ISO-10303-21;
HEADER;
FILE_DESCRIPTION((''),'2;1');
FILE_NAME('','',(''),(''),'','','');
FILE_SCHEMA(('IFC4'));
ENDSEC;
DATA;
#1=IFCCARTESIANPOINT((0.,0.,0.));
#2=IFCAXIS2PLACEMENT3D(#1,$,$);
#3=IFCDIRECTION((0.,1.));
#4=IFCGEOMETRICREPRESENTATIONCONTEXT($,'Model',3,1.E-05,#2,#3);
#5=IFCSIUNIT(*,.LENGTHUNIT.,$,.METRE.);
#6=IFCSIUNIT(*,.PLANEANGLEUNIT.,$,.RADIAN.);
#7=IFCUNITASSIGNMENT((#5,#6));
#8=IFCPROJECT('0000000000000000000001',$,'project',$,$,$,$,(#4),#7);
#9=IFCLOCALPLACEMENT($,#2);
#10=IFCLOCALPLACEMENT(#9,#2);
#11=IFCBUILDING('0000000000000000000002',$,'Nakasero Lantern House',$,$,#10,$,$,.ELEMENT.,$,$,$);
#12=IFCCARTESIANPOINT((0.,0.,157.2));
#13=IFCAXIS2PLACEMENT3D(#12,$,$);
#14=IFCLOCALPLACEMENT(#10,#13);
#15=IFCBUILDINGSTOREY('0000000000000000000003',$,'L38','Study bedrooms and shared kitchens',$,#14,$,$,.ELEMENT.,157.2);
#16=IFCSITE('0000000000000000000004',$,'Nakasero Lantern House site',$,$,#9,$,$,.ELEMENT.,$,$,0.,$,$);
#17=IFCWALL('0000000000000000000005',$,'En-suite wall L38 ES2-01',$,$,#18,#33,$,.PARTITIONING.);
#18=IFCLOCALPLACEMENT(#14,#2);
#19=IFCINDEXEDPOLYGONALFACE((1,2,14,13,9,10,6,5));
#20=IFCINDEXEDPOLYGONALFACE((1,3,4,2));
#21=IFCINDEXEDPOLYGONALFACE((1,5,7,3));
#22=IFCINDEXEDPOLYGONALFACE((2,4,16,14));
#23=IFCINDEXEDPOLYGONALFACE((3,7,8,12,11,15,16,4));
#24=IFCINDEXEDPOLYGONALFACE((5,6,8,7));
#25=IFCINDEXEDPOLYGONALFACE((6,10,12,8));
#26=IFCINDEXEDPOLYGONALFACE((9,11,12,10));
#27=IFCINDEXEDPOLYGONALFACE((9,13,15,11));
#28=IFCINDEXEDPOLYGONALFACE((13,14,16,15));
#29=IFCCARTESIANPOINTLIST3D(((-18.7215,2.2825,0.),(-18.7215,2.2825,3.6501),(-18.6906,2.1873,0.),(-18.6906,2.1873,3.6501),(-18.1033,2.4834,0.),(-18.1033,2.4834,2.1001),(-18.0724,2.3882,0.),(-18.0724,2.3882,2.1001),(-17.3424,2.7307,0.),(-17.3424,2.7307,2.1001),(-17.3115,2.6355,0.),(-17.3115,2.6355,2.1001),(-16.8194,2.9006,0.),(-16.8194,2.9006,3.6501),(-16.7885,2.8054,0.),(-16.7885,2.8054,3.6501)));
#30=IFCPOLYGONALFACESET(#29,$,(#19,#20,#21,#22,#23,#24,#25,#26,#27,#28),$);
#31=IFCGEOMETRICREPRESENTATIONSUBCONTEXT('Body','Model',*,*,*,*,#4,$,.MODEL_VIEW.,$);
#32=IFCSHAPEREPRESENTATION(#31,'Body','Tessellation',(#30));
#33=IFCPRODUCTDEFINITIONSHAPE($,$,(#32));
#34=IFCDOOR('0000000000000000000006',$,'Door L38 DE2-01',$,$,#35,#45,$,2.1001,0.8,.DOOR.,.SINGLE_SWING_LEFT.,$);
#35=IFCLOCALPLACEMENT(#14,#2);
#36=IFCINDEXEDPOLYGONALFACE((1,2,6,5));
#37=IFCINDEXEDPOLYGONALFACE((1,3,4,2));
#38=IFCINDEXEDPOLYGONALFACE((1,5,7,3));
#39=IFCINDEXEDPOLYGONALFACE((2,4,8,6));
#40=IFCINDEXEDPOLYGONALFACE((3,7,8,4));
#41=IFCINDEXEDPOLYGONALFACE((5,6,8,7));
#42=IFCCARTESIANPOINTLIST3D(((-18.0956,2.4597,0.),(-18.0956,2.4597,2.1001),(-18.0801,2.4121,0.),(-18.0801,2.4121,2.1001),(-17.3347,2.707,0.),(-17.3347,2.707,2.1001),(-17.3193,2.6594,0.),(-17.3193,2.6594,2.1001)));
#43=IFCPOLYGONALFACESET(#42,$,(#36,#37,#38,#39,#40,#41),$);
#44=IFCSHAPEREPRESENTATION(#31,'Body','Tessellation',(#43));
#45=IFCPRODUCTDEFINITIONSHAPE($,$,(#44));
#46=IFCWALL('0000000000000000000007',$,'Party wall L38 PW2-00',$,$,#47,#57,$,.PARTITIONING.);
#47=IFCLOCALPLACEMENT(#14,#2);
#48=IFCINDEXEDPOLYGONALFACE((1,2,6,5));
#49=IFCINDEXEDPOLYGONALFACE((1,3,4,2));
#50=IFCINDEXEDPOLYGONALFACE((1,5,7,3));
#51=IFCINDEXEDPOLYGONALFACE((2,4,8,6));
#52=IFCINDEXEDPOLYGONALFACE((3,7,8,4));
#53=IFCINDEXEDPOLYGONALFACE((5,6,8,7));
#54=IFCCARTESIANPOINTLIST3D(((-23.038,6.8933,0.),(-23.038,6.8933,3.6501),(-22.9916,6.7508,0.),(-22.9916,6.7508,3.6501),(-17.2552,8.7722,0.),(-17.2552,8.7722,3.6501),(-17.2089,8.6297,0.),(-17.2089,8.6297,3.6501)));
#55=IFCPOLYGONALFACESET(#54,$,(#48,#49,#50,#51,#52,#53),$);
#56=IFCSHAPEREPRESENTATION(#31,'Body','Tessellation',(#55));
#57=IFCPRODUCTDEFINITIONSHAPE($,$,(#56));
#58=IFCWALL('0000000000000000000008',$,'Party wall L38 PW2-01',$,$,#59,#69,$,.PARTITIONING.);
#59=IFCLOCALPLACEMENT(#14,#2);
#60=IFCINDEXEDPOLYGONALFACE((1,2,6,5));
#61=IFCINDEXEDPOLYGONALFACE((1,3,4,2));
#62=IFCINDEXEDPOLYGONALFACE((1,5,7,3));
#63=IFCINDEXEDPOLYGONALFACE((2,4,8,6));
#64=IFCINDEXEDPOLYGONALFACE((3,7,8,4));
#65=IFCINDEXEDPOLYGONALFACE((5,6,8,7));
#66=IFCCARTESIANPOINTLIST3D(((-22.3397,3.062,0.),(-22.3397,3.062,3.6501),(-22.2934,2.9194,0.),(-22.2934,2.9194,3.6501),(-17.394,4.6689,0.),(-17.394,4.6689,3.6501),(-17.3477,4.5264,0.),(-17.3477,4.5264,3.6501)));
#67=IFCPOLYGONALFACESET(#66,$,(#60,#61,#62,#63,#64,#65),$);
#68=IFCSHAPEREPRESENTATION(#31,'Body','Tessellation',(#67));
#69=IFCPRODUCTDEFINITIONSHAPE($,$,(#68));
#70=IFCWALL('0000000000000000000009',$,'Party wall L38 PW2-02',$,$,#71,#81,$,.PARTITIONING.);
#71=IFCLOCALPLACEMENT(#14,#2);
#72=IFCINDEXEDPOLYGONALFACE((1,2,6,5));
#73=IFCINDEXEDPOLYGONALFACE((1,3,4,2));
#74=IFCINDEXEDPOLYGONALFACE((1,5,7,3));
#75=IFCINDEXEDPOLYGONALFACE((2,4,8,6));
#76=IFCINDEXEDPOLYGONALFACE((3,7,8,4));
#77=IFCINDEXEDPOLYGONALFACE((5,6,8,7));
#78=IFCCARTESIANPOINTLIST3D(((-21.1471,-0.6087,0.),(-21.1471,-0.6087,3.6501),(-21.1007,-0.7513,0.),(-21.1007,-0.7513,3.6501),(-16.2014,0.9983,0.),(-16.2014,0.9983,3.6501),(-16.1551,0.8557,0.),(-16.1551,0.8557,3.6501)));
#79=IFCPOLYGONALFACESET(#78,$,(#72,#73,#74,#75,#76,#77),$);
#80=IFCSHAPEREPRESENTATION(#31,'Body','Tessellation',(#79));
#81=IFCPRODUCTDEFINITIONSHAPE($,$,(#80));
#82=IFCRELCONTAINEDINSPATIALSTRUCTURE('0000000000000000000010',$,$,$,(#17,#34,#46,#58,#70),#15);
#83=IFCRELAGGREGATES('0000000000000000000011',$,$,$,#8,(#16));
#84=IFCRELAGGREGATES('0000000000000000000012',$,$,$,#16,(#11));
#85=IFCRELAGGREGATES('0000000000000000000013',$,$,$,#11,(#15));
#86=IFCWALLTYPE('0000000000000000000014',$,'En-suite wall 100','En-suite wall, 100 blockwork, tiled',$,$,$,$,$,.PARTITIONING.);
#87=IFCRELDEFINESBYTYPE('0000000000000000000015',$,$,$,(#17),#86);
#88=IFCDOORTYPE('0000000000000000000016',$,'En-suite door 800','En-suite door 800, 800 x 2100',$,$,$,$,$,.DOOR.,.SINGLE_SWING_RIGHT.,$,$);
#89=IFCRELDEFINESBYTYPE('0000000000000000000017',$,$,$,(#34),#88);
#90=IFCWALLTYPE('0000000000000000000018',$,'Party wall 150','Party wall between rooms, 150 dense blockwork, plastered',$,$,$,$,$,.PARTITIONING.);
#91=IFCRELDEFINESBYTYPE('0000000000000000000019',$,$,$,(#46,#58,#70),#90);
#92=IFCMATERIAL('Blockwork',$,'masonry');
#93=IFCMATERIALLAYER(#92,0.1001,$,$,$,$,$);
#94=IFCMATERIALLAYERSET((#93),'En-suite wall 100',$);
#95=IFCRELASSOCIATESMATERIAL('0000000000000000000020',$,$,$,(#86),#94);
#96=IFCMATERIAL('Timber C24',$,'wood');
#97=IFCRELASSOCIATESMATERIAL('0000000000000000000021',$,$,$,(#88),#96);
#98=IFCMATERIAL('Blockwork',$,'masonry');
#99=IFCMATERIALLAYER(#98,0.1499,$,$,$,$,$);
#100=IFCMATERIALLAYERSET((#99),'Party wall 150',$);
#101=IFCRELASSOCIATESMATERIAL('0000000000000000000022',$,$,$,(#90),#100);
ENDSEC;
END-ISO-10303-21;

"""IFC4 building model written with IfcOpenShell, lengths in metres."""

from ifc_helpers import new_model, si_unit, direction, frame, frame_2d, origin, place, context, subcontext, project, spatial, rectangle, extrude, material, layer, layer_set, type_object, element, fill, save


model = new_model("IFC4")

# Units and contexts
model_context = context("Model", 3, precision=1e-05, world=origin(), true_north=direction((0.0, 1.0)))
body_context = subcontext(model_context, "Body", "Model", "MODEL_VIEW")
ifc_project = project(units=[si_unit("LENGTHUNIT", "METRE"), si_unit("PLANEANGLEUNIT", "RADIAN")], contexts=[model_context])

# Site, building, storey
site_placement = place(None, origin())
site = spatial("IfcSite", under=ifc_project, at=site_placement, Name="Nakasero Lantern House site", CompositionType="ELEMENT", RefElevation=0.0)
building_placement = place(site_placement, origin())
building = spatial("IfcBuilding", under=site, at=building_placement, Name="Nakasero Lantern House", CompositionType="ELEMENT")
storey_placement = place(building_placement, frame((0.0, 0.0, 157.2)))
storey = spatial("IfcBuildingStorey", under=building, at=storey_placement, Name="L38", Description="Study bedrooms and shared kitchens", CompositionType="ELEMENT", Elevation=157.2)

# Wall, opening, door
ifc_material_1 = material(Name="Blockwork", Category="masonry")
ifc_layer_1 = layer(ifc_material_1, 0.1001)
ifc_layer_set_1 = layer_set([ifc_layer_1], Name="En-suite wall 100")
wall_type_1 = type_object("IfcWallType", Name="En-suite wall 100", Description="En-suite wall, 100 blockwork, tiled", PredefinedType="PARTITIONING", material=ifc_layer_set_1)
ifc_material_2 = material(Name="Timber C24", Category="wood")
door_type_1 = type_object("IfcDoorType", Name="En-suite door 800", Description="En-suite door 800, 800 x 2100", OperationType="SINGLE_SWING_RIGHT", PredefinedType="DOOR", material=ifc_material_2)
wall_1_placement = place(storey_placement, frame((-16.804, 2.853, 0.0), z_axis=(0.0, 0.0, 1.0), x_axis=(-0.951037, -0.309078, 0.0)))
wall_1 = element("IfcWall", 1, at=wall_1_placement, inside=storey, type_object=wall_type_1, Name="En-suite wall L38 ES2-01", PredefinedType="PARTITIONING", context=body_context, shape_type="SweptSolid", body=[
    extrude(rectangle(XDim=2.0, YDim=0.1001, at=frame_2d((1.0, 0.0))), origin(), (0.0, 0.0, 1.0), 3.6501),
])
opening_1_placement = place(wall_1_placement, frame((0.55, 0.0, 0.0)))
opening_1 = element("IfcOpeningElement", 2, at=opening_1_placement, cuts=wall_1, PredefinedType="OPENING", context=body_context, shape_type="SweptSolid", body=[
    extrude(rectangle(XDim=0.8, YDim=2.1001, at=frame_2d((0.3999, 1.05))), frame((0.0, 0.0701, 0.0), z_axis=(0.0, -1.0, 0.0), x_axis=(1.0, 0.0, 0.0)), (0.0, 0.0, 1.0), 0.1401),
])
door_1_placement = place(opening_1_placement, origin())
door_1 = element("IfcDoor", 3, at=door_1_placement, inside=storey, type_object=door_type_1, Name="Door L38 DE2-01", OperationType="SINGLE_SWING_LEFT", OverallHeight=2.1001, OverallWidth=0.8, PredefinedType="DOOR", context=body_context, shape_type="SweptSolid", body=[
    extrude(rectangle(XDim=0.8, YDim=2.1001, at=frame_2d((0.3999, 1.05))), frame((0.0, 0.0249, 0.0), z_axis=(0.0, -1.0, 0.0), x_axis=(1.0, 0.0, 0.0)), (0.0, 0.0, 1.0), 0.05),
])
fill(opening_1, door_1)

# Walls
ifc_material_3 = material(Name="Blockwork", Category="masonry")
ifc_layer_2 = layer(ifc_material_3, 0.1499)
ifc_layer_set_2 = layer_set([ifc_layer_2], Name="Party wall 150")
wall_type_2 = type_object("IfcWallType", Name="Party wall 150", Description="Party wall between rooms, 150 dense blockwork, plastered", PredefinedType="PARTITIONING", material=ifc_layer_set_2)
wall_2_placement = place(storey_placement, frame((-17.2322, 8.7009, 0.0), z_axis=(0.0, 0.0, 1.0), x_axis=(-0.951057, -0.309015, 0.0)))
element("IfcWall", 4, at=wall_2_placement, inside=storey, type_object=wall_type_2, Name="Party wall L38 PW2-00", PredefinedType="PARTITIONING", context=body_context, shape_type="SweptSolid", body=[
    extrude(rectangle(XDim=6.0803, YDim=0.1499, at=frame_2d((3.04, 0.0))), origin(), (0.0, 0.0, 1.0), 3.6501),
])
for number, where, z_axis, x_axis, name in (
    (5, (-17.3708, 4.5977, 0.0), (0.0, 0.0, 1.0), (-0.951055, -0.309021, 0.0), "Party wall L38 PW2-01"),
    (6, (-16.1782, 0.927, 0.0), (0.0, 0.0, 1.0), (-0.951055, -0.309021, 0.0), "Party wall L38 PW2-02"),
):
    element("IfcWall", number, at=place(storey_placement, frame(where, z_axis=z_axis, x_axis=x_axis)), inside=storey, type_object=wall_type_2, Name=name, PredefinedType="PARTITIONING", context=body_context, shape_type="SweptSolid", body=[
        extrude(rectangle(XDim=5.2002, YDim=0.1499, at=frame_2d((2.6001, 0.0))), origin(), (0.0, 0.0, 1.0), 3.6501),
    ])

save(model, "model.ifc")
